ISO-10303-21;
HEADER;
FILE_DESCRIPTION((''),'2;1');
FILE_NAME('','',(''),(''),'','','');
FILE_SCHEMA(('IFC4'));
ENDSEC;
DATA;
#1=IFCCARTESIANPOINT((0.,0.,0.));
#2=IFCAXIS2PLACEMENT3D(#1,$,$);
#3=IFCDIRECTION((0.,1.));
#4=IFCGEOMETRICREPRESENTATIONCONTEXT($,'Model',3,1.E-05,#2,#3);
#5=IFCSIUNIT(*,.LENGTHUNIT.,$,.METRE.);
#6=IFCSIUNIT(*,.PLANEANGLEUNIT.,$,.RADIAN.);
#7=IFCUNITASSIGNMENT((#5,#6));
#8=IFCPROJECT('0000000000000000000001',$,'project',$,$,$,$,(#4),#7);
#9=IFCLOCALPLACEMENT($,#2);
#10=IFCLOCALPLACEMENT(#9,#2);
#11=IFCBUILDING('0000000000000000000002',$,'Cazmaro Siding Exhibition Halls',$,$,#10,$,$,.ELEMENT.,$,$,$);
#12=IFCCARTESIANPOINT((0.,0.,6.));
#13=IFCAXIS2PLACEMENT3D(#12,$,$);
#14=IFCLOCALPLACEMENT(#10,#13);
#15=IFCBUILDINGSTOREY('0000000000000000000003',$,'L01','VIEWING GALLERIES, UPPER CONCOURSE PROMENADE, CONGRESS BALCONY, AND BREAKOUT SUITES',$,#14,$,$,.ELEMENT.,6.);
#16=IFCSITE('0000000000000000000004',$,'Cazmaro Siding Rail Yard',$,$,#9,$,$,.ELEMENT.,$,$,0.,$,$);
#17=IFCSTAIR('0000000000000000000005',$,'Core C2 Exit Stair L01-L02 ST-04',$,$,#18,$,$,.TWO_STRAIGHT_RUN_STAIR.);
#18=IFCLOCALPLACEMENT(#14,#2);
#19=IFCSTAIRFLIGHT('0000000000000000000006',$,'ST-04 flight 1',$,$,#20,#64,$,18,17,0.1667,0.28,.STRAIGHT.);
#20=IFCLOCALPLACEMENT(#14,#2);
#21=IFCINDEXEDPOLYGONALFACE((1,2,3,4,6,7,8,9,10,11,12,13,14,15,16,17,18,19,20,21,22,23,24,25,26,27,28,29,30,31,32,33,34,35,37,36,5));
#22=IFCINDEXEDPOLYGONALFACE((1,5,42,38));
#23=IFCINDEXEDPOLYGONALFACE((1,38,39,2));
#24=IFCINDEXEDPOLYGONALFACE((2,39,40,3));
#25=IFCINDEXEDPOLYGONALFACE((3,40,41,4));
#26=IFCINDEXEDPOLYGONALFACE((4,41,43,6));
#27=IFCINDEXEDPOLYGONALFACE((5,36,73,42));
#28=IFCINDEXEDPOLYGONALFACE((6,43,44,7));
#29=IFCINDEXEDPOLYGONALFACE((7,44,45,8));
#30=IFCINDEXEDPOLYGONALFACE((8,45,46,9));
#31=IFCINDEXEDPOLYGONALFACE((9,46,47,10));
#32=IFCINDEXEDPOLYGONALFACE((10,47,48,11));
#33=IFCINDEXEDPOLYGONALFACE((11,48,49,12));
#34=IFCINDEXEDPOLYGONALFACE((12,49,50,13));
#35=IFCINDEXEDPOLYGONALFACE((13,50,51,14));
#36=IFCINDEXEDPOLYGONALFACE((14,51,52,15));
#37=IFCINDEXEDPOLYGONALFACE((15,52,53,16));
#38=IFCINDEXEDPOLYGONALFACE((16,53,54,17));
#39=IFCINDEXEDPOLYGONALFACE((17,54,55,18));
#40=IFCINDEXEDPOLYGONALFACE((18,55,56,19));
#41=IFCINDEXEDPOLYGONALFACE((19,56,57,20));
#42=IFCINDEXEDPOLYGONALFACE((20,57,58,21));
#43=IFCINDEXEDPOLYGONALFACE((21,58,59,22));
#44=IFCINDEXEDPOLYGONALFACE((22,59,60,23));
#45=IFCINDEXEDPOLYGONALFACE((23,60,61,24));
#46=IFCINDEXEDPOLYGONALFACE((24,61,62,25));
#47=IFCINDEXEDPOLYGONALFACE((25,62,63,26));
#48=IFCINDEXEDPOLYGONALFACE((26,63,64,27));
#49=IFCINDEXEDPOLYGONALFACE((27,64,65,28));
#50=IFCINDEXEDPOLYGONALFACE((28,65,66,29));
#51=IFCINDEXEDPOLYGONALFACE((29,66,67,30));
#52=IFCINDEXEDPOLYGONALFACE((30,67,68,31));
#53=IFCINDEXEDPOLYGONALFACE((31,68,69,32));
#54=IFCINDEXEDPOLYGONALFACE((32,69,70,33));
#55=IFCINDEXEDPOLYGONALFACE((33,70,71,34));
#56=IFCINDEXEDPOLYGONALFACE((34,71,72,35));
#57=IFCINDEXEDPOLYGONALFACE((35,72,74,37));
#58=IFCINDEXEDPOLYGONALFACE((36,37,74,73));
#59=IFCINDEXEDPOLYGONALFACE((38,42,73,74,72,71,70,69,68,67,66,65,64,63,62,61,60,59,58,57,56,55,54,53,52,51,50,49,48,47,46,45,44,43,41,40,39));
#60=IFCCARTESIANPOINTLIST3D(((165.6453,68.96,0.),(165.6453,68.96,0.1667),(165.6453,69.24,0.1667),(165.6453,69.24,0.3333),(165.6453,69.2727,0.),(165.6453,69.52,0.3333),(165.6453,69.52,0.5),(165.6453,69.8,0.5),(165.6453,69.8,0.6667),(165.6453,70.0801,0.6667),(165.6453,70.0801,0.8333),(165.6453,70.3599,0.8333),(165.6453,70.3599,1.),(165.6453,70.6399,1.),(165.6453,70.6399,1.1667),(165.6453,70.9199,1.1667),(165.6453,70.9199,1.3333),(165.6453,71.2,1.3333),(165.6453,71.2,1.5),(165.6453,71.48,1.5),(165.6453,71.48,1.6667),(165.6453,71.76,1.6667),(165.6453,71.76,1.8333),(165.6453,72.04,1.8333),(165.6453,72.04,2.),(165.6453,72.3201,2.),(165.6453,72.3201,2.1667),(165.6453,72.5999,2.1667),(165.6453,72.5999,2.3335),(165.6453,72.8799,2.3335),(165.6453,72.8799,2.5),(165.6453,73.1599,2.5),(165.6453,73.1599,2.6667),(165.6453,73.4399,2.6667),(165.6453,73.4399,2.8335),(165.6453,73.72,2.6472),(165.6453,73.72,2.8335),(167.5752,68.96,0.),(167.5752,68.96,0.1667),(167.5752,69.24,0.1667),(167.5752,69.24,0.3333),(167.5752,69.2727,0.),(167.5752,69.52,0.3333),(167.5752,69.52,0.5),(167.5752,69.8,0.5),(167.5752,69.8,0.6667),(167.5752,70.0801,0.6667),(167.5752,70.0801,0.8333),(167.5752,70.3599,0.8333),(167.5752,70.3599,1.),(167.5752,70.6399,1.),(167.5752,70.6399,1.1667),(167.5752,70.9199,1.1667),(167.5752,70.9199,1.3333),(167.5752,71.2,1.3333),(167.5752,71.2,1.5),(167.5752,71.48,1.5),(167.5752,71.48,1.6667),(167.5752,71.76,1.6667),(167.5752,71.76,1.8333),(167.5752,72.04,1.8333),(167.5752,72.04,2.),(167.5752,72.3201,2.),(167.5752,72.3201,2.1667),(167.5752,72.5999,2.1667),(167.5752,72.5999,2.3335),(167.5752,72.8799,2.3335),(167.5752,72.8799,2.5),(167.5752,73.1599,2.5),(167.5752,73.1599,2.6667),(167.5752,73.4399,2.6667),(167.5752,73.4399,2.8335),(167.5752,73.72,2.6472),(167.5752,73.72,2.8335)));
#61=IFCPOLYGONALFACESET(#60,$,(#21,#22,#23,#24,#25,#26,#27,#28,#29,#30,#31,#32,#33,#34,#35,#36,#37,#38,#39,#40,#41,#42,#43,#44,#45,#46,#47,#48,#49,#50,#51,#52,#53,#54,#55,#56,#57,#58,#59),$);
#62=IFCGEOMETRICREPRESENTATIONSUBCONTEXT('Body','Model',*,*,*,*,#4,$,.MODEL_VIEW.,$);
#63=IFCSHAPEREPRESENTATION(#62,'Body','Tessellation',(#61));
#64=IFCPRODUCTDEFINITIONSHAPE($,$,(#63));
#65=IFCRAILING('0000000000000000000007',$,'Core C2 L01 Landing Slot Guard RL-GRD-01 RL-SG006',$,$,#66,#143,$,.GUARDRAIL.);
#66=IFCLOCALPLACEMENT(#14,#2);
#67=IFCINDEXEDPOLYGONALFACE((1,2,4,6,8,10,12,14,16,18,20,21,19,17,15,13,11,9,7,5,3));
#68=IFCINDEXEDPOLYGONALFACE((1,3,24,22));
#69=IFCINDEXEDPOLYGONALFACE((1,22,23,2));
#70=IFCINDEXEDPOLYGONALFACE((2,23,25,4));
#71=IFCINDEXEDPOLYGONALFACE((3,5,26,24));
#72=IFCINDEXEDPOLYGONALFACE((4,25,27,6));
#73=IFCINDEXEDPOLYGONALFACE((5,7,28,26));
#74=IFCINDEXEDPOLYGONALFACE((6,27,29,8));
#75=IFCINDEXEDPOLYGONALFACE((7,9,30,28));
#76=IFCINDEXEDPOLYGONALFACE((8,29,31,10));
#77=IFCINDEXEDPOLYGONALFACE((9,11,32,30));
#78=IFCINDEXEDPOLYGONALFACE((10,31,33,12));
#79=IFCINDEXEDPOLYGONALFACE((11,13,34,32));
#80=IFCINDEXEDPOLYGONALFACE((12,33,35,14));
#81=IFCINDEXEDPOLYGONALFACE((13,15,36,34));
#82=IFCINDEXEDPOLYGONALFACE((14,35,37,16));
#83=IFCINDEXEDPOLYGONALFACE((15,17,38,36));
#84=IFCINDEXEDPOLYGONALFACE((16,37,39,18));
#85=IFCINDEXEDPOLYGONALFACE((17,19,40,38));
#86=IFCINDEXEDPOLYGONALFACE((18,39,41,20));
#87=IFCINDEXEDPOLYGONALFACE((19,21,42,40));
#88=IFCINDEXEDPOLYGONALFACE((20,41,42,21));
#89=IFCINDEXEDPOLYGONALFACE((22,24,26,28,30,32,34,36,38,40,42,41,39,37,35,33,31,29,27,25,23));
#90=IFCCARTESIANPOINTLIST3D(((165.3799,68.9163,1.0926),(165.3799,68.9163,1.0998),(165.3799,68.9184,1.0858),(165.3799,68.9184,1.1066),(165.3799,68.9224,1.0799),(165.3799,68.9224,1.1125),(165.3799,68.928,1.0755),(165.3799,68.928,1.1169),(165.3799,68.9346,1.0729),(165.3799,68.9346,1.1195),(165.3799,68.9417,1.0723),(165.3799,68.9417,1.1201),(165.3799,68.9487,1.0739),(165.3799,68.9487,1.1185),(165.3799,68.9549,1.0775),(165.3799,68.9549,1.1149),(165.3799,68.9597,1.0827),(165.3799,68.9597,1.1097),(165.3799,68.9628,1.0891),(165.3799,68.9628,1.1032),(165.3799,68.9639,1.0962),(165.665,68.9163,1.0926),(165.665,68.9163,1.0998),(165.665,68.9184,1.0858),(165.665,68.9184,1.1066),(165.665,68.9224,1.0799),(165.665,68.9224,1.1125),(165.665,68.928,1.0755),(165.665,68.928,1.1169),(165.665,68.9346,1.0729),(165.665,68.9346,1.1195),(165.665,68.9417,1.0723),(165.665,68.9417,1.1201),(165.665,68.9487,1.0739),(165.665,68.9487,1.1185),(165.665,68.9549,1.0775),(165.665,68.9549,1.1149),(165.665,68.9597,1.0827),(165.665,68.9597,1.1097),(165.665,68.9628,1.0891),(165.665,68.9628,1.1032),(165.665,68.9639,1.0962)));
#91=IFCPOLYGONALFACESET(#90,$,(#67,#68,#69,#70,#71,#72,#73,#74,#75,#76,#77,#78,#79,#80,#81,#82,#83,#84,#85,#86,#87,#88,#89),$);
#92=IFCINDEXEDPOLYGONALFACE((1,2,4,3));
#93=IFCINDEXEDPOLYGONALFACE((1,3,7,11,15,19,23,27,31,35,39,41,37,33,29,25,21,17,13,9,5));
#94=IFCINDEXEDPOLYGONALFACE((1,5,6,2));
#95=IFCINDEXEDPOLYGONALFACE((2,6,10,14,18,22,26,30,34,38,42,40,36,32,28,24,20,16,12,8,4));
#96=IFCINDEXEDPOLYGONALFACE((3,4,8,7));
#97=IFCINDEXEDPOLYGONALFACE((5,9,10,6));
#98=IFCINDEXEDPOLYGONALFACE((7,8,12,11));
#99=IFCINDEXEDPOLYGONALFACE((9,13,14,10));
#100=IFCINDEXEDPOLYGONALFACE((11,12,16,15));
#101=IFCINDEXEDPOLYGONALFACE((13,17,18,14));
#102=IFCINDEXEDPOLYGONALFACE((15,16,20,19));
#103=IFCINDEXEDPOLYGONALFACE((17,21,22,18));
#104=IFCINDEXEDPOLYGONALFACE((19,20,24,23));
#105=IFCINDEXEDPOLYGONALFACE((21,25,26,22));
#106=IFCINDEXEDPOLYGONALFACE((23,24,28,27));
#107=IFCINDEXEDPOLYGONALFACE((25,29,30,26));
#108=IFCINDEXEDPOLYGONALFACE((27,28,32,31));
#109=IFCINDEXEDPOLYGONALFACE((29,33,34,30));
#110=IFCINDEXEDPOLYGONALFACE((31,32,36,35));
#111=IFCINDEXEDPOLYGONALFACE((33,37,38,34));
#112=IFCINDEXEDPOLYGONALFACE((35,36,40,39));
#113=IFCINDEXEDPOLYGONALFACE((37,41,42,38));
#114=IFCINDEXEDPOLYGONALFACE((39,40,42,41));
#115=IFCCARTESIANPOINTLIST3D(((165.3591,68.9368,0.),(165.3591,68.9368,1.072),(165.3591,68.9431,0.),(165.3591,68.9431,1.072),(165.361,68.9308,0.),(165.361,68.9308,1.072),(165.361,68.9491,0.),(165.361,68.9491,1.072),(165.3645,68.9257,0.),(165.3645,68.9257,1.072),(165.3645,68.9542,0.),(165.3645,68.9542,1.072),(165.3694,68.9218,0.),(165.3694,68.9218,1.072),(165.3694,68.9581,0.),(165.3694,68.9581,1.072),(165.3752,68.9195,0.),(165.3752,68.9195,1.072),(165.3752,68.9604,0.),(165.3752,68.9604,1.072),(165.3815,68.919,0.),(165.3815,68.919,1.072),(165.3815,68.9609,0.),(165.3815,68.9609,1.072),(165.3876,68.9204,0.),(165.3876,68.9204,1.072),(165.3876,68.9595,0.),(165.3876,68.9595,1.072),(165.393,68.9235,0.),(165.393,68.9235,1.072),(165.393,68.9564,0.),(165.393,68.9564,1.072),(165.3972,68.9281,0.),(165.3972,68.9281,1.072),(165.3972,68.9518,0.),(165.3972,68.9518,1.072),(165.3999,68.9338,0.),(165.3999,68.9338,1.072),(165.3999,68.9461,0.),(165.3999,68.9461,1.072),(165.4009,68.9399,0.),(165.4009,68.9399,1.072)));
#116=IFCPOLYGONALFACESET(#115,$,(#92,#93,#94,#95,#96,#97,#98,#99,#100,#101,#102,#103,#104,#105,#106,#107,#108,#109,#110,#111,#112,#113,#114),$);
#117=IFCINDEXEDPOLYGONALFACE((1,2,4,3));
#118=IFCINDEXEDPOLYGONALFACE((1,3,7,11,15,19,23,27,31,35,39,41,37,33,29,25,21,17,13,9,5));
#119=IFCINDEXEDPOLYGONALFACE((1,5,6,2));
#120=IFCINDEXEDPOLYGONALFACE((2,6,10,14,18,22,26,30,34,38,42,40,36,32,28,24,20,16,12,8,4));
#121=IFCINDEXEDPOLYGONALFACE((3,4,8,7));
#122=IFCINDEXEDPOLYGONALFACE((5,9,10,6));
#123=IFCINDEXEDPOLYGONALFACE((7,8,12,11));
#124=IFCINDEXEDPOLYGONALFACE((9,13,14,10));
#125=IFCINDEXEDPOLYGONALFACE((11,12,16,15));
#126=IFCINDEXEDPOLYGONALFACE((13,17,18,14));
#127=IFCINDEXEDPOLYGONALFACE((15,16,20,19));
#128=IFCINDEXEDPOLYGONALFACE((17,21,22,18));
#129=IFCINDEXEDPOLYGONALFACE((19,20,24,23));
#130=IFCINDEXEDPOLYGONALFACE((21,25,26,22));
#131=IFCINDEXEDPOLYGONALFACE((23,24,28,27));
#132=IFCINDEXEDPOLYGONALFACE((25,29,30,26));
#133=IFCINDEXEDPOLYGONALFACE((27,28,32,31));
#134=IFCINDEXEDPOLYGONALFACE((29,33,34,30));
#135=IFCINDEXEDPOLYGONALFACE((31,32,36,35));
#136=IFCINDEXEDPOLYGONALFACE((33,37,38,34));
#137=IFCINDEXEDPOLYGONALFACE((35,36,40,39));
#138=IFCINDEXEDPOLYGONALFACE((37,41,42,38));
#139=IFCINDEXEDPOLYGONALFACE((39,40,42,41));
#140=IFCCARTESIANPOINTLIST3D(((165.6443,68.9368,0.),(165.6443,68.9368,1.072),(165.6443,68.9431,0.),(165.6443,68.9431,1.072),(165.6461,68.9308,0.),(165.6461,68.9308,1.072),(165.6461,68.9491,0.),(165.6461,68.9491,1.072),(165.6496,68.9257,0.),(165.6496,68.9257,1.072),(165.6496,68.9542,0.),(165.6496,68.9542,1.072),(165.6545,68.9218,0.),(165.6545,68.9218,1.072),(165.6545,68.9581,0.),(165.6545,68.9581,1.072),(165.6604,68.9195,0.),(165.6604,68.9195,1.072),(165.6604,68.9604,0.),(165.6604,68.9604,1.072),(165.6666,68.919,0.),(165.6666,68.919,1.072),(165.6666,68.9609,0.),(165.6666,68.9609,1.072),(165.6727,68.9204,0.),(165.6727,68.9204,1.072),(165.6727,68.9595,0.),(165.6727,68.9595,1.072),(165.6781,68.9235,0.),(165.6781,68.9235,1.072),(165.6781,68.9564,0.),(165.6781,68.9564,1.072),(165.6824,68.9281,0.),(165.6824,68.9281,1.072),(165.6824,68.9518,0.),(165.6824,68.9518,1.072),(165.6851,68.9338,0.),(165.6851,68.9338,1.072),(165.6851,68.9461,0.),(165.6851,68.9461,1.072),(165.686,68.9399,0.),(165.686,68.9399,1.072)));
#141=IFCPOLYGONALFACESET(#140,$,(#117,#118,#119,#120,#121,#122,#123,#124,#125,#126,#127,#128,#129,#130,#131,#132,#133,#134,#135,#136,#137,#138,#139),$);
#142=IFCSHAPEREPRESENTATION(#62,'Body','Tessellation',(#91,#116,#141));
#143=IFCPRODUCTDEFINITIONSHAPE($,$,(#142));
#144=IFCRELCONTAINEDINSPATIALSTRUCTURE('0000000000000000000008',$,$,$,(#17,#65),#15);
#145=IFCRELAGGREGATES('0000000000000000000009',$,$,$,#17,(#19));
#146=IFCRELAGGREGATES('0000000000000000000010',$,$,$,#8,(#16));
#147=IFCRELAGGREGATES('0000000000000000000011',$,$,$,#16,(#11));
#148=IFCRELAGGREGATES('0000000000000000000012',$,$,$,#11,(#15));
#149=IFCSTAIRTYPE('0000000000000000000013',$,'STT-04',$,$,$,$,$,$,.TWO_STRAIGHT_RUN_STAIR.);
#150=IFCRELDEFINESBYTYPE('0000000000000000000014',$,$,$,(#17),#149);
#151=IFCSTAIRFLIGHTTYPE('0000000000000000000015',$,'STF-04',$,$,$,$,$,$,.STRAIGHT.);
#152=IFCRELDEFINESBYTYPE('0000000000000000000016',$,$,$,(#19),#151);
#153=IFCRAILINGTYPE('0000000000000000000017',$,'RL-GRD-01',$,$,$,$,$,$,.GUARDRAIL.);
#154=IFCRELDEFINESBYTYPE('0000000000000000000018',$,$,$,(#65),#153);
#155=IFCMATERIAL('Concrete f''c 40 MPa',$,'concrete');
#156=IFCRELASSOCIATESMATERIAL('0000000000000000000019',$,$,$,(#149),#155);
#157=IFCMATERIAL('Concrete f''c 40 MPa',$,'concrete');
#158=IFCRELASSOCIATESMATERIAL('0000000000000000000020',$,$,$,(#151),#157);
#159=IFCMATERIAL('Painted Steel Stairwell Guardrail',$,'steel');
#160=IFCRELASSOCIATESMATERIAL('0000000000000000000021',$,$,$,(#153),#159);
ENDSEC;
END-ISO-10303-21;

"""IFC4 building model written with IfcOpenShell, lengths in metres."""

from ifc_helpers import new_model, si_unit, direction, frame, origin, origin_2d, place, context, subcontext, project, spatial, polyline, circle, outline, extrude, material, type_object, element, aggregate, save


model = new_model("IFC4")

# Units and contexts
model_context = context("Model", 3, precision=1e-05, world=origin(), true_north=direction((0.0, 1.0)))
body_context = subcontext(model_context, "Body", "Model", "MODEL_VIEW")
ifc_project = project(units=[si_unit("LENGTHUNIT", "METRE"), si_unit("PLANEANGLEUNIT", "RADIAN")], contexts=[model_context])

# Site, building, storey
site_placement = place(None, origin())
site = spatial("IfcSite", under=ifc_project, at=site_placement, Name="Cazmaro Siding Rail Yard", CompositionType="ELEMENT", RefElevation=0.0)
building_placement = place(site_placement, origin())
building = spatial("IfcBuilding", under=site, at=building_placement, Name="Cazmaro Siding Exhibition Halls", CompositionType="ELEMENT")
storey_placement = place(building_placement, frame((0.0, 0.0, 6.0)))
storey = spatial("IfcBuildingStorey", under=building, at=storey_placement, Name="L01", Description="VIEWING GALLERIES, UPPER CONCOURSE PROMENADE, CONGRESS BALCONY, AND BREAKOUT SUITES", CompositionType="ELEMENT", Elevation=6.0)

# Stair, stair flight
ifc_material_1 = material(Name="Concrete f'c 40 MPa", Category="concrete")
stair_type = type_object("IfcStairType", Name="STT-04", PredefinedType="TWO_STRAIGHT_RUN_STAIR", material=ifc_material_1)
stair_placement = place(storey_placement, origin())
stair = element("IfcStair", 1, at=stair_placement, inside=storey, type_object=stair_type, Name="Core C2 Exit Stair L01-L02 ST-04", PredefinedType="TWO_STRAIGHT_RUN_STAIR")
ifc_material_2 = material(Name="Concrete f'c 40 MPa", Category="concrete")
stair_flight_type = type_object("IfcStairFlightType", Name="STF-04", PredefinedType="STRAIGHT", material=ifc_material_2)
stair_flight_placement = place(storey_placement, frame((166.6101, 68.96, 0.0), z_axis=(0.0, 0.0, 1.0), x_axis=(0.0, 1.0, 0.0)))
stair_flight = element("IfcStairFlight", 2, at=stair_flight_placement, type_object=stair_flight_type, Name="ST-04 flight 1", NumberOfRisers=18, NumberOfTreads=17, PredefinedType="STRAIGHT", RiserHeight=0.1667, TreadLength=0.28, context=body_context, shape_type="SweptSolid", body=[
    extrude(outline(polyline([(0.0, 0.0), (0.0, 0.1667), (0.28, 0.1667), (0.28, 0.3333), (0.5601, 0.3333), (0.5601, 0.5), (0.8401, 0.5), (0.8401, 0.6667), (1.1201, 0.6667), (1.1201, 0.8333), (1.3999, 0.8333), (1.3999, 1.0), (1.6799, 1.0), (1.6799, 1.1667), (1.96, 1.1667), (1.96, 1.3333), (2.24, 1.3333), (2.24, 1.5), (2.52, 1.5), (2.52, 1.6667), (2.8, 1.6667), (2.8, 1.8333), (3.0801, 1.8333), (3.0801, 2.0), (3.3601, 2.0), (3.3601, 2.1667), (3.6399, 2.1667), (3.6399, 2.3335), (3.9199, 2.3335), (3.9199, 2.5), (4.2, 2.5), (4.2, 2.6667), (4.48, 2.6667), (4.48, 2.8335), (4.76, 2.8335), (4.76, 3.0), (4.76, 2.6472), (0.3127, 0.0), (0.0, 0.0)])), frame((0.0, 0.9648, 0.0), z_axis=(0.0, -1.0, 0.0), x_axis=(1.0, 0.0, 0.0)), (0.0, 0.0, 1.0), 1.9299),
])
aggregate(stair, [stair_flight])

# Railing
ifc_material_3 = material(Name="Painted Steel Stairwell Guardrail", Category="steel")
railing_type_1 = type_object("IfcRailingType", Name="RL-GRD-01", PredefinedType="GUARDRAIL", material=ifc_material_3)
railing_placement = place(storey_placement, frame((165.3799, 68.9399, 0.0)))
element("IfcRailing", 3, at=railing_placement, inside=storey, type_object=railing_type_1, Name="Core C2 L01 Landing Slot Guard RL-GRD-01 RL-SG006", PredefinedType="GUARDRAIL", context=body_context, shape_type="SweptSolid", body=[
    extrude(circle(Radius=0.0239, at=origin_2d()), frame((0.0, 0.0, 1.0962), z_axis=(1.0, 0.0, 0.0), x_axis=(0.0, 1.0, 0.0)), (0.0, 0.0, 1.0), 0.2852),
    extrude(circle(Radius=0.021, at=origin_2d()), origin(), (0.0, 0.0, 1.0), 1.072),
    extrude(circle(Radius=0.021, at=origin_2d()), frame((0.2852, 0.0, 0.0)), (0.0, 0.0, 1.0), 1.072),
])

save(model, "model.ifc")
